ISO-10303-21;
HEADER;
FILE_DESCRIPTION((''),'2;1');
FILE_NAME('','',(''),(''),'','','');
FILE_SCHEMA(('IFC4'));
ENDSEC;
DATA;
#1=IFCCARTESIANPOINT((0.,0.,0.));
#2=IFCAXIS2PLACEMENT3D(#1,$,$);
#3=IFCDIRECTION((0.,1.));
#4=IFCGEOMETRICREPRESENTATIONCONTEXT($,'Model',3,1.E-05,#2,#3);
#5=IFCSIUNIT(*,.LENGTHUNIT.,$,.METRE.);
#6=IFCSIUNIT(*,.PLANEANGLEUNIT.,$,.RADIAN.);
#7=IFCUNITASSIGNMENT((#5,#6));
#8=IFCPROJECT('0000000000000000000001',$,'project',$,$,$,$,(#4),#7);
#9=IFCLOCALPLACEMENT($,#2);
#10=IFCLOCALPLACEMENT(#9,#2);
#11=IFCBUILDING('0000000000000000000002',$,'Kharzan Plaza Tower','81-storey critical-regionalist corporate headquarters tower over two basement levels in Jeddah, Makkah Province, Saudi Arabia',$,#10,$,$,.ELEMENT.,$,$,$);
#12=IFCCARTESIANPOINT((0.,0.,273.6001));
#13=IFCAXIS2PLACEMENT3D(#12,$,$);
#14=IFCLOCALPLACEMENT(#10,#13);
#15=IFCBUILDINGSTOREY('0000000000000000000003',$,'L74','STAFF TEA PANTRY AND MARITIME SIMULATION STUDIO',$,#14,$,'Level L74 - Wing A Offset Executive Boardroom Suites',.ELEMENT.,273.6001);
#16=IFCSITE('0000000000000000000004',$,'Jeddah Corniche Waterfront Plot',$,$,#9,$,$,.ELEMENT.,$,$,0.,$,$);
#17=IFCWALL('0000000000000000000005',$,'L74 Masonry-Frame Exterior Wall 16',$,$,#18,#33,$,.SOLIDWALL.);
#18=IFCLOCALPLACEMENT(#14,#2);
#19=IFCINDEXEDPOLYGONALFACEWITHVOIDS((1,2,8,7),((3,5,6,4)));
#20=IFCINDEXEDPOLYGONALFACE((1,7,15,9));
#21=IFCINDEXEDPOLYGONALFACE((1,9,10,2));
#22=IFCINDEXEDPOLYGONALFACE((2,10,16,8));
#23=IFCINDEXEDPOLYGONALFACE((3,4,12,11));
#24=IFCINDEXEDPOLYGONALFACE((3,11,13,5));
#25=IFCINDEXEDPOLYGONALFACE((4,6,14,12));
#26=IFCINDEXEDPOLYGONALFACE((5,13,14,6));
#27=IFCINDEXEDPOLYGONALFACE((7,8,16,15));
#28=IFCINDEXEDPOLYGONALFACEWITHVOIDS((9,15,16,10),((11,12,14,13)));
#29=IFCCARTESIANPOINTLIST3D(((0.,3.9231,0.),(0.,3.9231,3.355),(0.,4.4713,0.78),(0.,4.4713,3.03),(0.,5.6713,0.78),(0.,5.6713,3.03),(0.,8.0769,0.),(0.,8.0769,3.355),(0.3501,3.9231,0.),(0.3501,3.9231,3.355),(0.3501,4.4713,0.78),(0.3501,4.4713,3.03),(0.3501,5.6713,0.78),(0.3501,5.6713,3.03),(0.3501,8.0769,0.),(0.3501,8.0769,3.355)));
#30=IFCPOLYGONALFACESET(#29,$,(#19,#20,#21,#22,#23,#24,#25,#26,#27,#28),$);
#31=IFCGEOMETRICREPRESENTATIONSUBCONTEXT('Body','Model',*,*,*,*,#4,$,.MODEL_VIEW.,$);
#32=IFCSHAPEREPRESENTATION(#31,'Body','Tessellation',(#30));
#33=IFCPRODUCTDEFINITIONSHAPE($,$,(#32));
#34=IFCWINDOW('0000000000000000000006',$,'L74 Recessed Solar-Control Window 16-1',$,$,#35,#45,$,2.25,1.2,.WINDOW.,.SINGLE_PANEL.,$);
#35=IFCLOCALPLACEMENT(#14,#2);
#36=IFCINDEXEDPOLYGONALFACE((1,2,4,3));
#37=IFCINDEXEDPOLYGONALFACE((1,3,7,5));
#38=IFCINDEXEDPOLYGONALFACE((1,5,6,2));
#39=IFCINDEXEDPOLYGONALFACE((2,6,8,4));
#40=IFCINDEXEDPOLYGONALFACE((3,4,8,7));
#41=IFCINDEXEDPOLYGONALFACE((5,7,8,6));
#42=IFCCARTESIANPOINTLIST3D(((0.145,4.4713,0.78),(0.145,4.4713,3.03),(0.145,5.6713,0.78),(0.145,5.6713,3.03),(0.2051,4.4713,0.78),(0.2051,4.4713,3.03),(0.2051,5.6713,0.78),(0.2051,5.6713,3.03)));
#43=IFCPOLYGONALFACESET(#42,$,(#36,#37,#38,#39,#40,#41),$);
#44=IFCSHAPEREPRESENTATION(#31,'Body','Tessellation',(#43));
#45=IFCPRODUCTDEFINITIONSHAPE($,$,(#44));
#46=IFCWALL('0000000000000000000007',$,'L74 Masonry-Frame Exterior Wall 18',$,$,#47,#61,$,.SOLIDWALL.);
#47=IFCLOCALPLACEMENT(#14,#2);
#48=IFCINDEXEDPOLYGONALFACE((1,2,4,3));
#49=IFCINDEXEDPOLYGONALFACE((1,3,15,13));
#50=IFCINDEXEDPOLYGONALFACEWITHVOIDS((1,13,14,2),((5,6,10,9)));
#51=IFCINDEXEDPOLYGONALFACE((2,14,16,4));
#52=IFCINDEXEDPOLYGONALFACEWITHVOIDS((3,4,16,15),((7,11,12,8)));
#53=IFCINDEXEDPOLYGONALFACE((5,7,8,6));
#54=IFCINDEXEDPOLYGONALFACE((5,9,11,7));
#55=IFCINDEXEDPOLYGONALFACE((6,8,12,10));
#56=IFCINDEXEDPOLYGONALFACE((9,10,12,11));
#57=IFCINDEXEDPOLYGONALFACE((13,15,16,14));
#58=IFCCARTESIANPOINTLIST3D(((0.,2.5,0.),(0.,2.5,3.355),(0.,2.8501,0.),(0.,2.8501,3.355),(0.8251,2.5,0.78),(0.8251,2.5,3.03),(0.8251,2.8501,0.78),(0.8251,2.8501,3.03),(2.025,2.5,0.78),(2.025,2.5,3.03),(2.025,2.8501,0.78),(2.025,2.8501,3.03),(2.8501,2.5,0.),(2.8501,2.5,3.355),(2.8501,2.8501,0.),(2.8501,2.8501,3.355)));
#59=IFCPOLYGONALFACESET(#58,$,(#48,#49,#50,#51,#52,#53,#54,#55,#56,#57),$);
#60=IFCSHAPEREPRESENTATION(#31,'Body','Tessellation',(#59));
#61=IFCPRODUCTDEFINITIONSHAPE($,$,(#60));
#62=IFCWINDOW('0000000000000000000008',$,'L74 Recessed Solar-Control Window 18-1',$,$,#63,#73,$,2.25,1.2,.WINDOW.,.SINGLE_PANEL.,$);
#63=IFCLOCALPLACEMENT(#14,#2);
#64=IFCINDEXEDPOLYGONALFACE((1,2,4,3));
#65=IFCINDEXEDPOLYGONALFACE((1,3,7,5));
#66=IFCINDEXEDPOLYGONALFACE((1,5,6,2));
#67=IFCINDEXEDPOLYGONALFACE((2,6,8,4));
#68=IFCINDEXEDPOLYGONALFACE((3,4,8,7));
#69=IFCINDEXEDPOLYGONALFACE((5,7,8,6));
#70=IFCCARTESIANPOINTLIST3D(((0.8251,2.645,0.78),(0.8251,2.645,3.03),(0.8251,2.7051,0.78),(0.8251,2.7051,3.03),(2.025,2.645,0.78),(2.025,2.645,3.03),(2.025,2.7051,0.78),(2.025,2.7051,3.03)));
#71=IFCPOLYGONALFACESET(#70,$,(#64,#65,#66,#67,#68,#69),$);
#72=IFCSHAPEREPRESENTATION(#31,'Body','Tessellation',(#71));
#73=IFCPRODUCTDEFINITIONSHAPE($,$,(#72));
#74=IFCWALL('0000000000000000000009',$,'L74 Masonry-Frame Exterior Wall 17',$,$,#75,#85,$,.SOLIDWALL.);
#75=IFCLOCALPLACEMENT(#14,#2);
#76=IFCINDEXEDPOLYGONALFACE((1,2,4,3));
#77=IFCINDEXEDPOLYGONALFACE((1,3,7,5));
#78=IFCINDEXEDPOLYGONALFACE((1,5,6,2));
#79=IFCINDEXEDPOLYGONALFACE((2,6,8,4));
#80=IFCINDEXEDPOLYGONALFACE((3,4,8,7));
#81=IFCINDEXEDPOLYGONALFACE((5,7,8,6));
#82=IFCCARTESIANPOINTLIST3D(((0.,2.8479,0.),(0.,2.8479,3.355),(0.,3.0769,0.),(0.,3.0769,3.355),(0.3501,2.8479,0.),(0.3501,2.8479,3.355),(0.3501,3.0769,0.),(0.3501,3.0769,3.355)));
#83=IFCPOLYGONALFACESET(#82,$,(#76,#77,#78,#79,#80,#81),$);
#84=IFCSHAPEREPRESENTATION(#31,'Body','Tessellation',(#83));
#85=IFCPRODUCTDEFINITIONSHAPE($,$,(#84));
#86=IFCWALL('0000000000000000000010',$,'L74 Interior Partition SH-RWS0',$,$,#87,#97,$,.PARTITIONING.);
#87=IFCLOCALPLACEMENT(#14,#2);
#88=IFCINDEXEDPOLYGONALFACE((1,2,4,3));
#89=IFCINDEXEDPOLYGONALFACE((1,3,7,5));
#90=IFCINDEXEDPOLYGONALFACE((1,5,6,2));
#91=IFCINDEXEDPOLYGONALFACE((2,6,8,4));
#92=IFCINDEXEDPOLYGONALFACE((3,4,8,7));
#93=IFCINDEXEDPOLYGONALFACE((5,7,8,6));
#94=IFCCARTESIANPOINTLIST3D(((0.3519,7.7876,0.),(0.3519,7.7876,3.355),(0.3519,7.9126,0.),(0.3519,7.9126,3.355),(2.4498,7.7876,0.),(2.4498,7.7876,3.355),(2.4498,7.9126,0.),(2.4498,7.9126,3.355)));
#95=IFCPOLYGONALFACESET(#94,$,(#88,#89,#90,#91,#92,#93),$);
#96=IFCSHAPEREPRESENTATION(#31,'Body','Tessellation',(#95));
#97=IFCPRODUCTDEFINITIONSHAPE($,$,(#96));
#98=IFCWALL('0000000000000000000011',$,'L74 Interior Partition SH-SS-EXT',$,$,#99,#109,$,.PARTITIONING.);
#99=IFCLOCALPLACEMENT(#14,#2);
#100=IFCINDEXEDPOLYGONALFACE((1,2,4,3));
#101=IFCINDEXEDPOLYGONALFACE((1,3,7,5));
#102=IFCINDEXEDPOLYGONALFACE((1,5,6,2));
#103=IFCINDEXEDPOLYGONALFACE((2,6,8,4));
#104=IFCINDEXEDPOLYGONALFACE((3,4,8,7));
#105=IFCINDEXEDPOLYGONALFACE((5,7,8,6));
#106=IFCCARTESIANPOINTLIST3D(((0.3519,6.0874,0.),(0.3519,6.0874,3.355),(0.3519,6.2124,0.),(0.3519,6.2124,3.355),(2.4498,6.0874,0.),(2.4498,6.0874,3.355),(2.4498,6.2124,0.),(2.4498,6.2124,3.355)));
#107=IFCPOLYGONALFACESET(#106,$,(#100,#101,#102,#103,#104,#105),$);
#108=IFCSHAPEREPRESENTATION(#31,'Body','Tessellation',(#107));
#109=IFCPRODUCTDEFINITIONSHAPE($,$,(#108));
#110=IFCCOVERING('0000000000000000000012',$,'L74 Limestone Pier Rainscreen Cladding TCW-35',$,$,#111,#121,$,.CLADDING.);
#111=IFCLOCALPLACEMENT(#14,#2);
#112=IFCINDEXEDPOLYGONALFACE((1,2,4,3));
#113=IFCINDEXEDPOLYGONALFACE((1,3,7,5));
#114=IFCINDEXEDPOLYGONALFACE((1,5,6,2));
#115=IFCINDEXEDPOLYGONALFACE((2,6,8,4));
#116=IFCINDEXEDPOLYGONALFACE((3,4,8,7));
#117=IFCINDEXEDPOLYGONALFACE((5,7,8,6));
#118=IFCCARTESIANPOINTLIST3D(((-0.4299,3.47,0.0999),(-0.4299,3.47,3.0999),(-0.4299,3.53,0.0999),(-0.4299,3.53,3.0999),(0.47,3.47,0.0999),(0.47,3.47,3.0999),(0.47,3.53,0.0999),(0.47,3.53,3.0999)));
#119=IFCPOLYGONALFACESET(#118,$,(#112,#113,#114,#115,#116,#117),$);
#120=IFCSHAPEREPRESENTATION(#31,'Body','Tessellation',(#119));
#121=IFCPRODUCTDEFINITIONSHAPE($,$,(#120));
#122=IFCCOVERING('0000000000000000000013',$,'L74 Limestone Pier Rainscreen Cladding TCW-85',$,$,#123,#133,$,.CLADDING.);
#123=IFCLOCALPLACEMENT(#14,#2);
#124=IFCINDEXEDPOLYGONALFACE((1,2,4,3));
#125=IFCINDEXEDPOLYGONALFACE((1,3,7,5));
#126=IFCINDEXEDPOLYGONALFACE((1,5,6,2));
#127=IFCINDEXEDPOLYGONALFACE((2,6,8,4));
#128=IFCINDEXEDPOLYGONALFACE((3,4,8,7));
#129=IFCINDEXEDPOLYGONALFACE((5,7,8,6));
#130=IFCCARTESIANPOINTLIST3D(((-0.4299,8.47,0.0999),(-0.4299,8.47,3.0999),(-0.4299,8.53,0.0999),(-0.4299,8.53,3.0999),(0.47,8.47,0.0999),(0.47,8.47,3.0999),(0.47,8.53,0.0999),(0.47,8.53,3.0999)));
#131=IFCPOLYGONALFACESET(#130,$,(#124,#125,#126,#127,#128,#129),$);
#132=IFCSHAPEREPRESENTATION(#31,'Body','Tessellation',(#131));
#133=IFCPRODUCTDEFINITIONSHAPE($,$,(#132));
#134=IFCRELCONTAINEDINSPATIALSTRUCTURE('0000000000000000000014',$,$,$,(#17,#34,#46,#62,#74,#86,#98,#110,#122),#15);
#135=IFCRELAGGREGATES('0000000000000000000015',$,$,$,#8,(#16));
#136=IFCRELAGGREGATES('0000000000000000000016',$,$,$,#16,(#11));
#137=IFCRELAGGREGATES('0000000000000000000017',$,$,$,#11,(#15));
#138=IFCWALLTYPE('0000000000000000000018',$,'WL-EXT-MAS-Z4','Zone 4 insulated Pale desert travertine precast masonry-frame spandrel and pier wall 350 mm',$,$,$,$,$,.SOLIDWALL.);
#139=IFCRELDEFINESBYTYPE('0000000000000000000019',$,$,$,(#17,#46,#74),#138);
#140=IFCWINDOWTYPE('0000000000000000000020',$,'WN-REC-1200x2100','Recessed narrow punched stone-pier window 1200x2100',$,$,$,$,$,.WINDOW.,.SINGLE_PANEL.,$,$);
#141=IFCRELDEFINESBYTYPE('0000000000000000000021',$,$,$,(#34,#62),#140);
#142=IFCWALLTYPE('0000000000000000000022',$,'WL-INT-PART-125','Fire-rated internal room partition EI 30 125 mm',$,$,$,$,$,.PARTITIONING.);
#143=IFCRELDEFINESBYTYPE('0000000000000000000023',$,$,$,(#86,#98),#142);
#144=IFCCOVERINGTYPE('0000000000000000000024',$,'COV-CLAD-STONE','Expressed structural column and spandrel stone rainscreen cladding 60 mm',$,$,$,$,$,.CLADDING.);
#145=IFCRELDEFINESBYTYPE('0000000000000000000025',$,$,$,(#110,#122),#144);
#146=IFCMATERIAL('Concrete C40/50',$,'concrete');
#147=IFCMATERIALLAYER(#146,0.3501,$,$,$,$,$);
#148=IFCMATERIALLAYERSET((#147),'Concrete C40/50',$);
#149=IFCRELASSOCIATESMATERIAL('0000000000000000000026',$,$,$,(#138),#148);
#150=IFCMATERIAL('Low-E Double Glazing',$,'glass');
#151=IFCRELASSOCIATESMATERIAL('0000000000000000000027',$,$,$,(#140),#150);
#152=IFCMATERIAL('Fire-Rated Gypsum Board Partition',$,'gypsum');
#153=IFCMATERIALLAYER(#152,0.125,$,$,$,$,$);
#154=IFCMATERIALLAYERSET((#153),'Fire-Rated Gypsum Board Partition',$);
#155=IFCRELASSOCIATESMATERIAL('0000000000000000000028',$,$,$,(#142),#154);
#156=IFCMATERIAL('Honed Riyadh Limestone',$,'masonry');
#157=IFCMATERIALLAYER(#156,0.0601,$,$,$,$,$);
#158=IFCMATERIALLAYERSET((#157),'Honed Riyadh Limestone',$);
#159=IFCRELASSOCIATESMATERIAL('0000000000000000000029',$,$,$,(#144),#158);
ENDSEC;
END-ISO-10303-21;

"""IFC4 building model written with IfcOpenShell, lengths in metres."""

from ifc_helpers import new_model, si_unit, direction, frame, frame_2d, origin, origin_2d, place, context, subcontext, project, spatial, rectangle, extrude, source, transform, mapped, material, layer, layer_set, type_object, element, fill, save


model = new_model("IFC4")

# Units and contexts
model_context = context("Model", 3, precision=1e-05, world=origin(), true_north=direction((0.0, 1.0)))
body_context = subcontext(model_context, "Body", "Model", "MODEL_VIEW")
ifc_project = project(units=[si_unit("LENGTHUNIT", "METRE"), si_unit("PLANEANGLEUNIT", "RADIAN")], contexts=[model_context])

# Site, building, storey
site_placement = place(None, origin())
site = spatial("IfcSite", under=ifc_project, at=site_placement, Name="Jeddah Corniche Waterfront Plot", CompositionType="ELEMENT", RefElevation=0.0)
building_placement = place(site_placement, origin())
building = spatial("IfcBuilding", under=site, at=building_placement, Name="Kharzan Plaza Tower", Description="81-storey critical-regionalist corporate headquarters tower over two basement levels in Jeddah, Makkah Province, Saudi Arabia", CompositionType="ELEMENT")
storey_placement = place(building_placement, frame((0.0, 0.0, 273.6001)))
storey = spatial("IfcBuildingStorey", under=building, at=storey_placement, Name="L74", Description="STAFF TEA PANTRY AND MARITIME SIMULATION STUDIO", LongName="Level L74 - Wing A Offset Executive Boardroom Suites", CompositionType="ELEMENT", Elevation=273.6001)

# Shared definitions
ifc_material_1 = material(Name="Concrete C40/50", Category="concrete")

# Walls, openings, windows
ifc_layer_1 = layer(ifc_material_1, 0.3501)
ifc_layer_set_1 = layer_set([ifc_layer_1], Name="Concrete C40/50")
wall_type_1 = type_object("IfcWallType", Name="WL-EXT-MAS-Z4", Description="Zone 4 insulated Pale desert travertine precast masonry-frame spandrel and pier wall 350 mm", PredefinedType="SOLIDWALL", material=ifc_layer_set_1)
wall_1_placement = place(storey_placement, frame((0.175, 8.0769, 0.0), z_axis=(0.0, 0.0, 1.0), x_axis=(0.0, -1.0, 0.0)))
wall_1 = element("IfcWall", 1, at=wall_1_placement, inside=storey, type_object=wall_type_1, Name="L74 Masonry-Frame Exterior Wall 16", PredefinedType="SOLIDWALL", context=body_context, shape_type="SweptSolid", body=[
    extrude(rectangle(XDim=4.1538, YDim=0.3501, at=frame_2d((2.0769, 0.0))), origin(), (0.0, 0.0, 1.0), 3.355),
])
opening_1_placement = place(wall_1_placement, frame((2.4055, 0.0, 0.78)))
opening_1 = element("IfcOpeningElement", 2, at=opening_1_placement, cuts=wall_1, PredefinedType="OPENING", context=body_context, shape_type="SweptSolid", body=[
    extrude(rectangle(XDim=1.2, YDim=2.25, at=frame_2d((0.6001, 1.125))), frame((0.0, 0.1851, 0.0), z_axis=(0.0, -1.0, 0.0), x_axis=(1.0, 0.0, 0.0)), (0.0, 0.0, 1.0), 0.3701),
])
ifc_material_2 = material(Name="Low-E Double Glazing", Category="glass")
window_type = type_object("IfcWindowType", Name="WN-REC-1200x2100", Description="Recessed narrow punched stone-pier window 1200x2100", PartitioningType="SINGLE_PANEL", PredefinedType="WINDOW", material=ifc_material_2)
shared_shape_1 = source(origin(), body_context, "Body", "SweptSolid", [
    extrude(rectangle(XDim=1.2, YDim=2.25, at=frame_2d((0.6001, 1.125))), frame((0.0, 0.03, 0.0), z_axis=(0.0, -1.0, 0.0), x_axis=(1.0, 0.0, 0.0)), (0.0, 0.0, 1.0), 0.0601),
])
window_1_placement = place(opening_1_placement, origin())
window_1 = element("IfcWindow", 3, at=window_1_placement, inside=storey, type_object=window_type, Name="L74 Recessed Solar-Control Window 16-1", OverallHeight=2.25, OverallWidth=1.2, PartitioningType="SINGLE_PANEL", PredefinedType="WINDOW", context=body_context, shape_type="MappedRepresentation", body=[
    mapped(shared_shape_1, transform((0.0, 0.0, 0.0), x_axis=(1.0, 0.0, 0.0), y_axis=(0.0, 1.0, 0.0), z_axis=(0.0, 0.0, 1.0))),
])
fill(opening_1, window_1)
wall_2_placement = place(storey_placement, frame((0.0, 2.675, 0.0), z_axis=(0.0, 0.0, 1.0), x_axis=(1.0, 0.0, 0.0)))
wall_2 = element("IfcWall", 4, at=wall_2_placement, inside=storey, type_object=wall_type_1, Name="L74 Masonry-Frame Exterior Wall 18", PredefinedType="SOLIDWALL", context=body_context, shape_type="SweptSolid", body=[
    extrude(rectangle(XDim=2.8501, YDim=0.3501, at=frame_2d((1.425, 0.0))), origin(), (0.0, 0.0, 1.0), 3.355),
])
opening_2_placement = place(wall_2_placement, frame((0.825, 0.0, 0.78)))
opening_2 = element("IfcOpeningElement", 5, at=opening_2_placement, cuts=wall_2, PredefinedType="OPENING", context=body_context, shape_type="SweptSolid", body=[
    extrude(rectangle(XDim=1.2, YDim=2.25, at=frame_2d((0.6001, 1.125))), frame((0.0, 0.1851, 0.0), z_axis=(0.0, -1.0, 0.0), x_axis=(1.0, 0.0, 0.0)), (0.0, 0.0, 1.0), 0.3701),
])
window_2_placement = place(opening_2_placement, origin())
window_2 = element("IfcWindow", 6, at=window_2_placement, inside=storey, type_object=window_type, Name="L74 Recessed Solar-Control Window 18-1", OverallHeight=2.25, OverallWidth=1.2, PartitioningType="SINGLE_PANEL", PredefinedType="WINDOW", context=body_context, shape_type="MappedRepresentation", body=[
    mapped(shared_shape_1, transform((0.0, 0.0, 0.0), x_axis=(1.0, 0.0, 0.0), y_axis=(0.0, 1.0, 0.0), z_axis=(0.0, 0.0, 1.0))),
])
fill(opening_2, window_2)

# Walls
shared_shape_2 = source(origin(), body_context, "Body", "SweptSolid", [
    extrude(rectangle(XDim=0.229, YDim=0.3501, at=frame_2d((0.1145, 0.0))), origin(), (0.0, 0.0, 1.0), 3.355),
])
wall_3_placement = place(storey_placement, frame((0.175, 3.0769, 0.0), z_axis=(0.0, 0.0, 1.0), x_axis=(0.0, -1.0, 0.0)))
element("IfcWall", 7, at=wall_3_placement, inside=storey, type_object=wall_type_1, Name="L74 Masonry-Frame Exterior Wall 17", PredefinedType="SOLIDWALL", context=body_context, shape_type="MappedRepresentation", body=[
    mapped(shared_shape_2, transform((0.0, 0.0, 0.0), x_axis=(1.0, 0.0, 0.0), y_axis=(0.0, 1.0, 0.0), z_axis=(0.0, 0.0, 1.0))),
])
ifc_material_3 = material(Name="Fire-Rated Gypsum Board Partition", Category="gypsum")
ifc_layer_2 = layer(ifc_material_3, 0.125)
ifc_layer_set_2 = layer_set([ifc_layer_2], Name="Fire-Rated Gypsum Board Partition")
wall_type_2 = type_object("IfcWallType", Name="WL-INT-PART-125", Description="Fire-rated internal room partition EI 30 125 mm", PredefinedType="PARTITIONING", material=ifc_layer_set_2)
shared_shape_3 = source(origin(), body_context, "Body", "SweptSolid", [
    extrude(rectangle(XDim=2.0979, YDim=0.125, at=frame_2d((1.0488, 0.0))), origin(), (0.0, 0.0, 1.0), 3.355),
])
for number, where, z_axis, x_axis, name in (
    (8, (0.3521, 7.8501, 0.0), (0.0, 0.0, 1.0), (1.0, 0.0, 0.0), "L74 Interior Partition SH-RWS0"),
    (9, (0.3521, 6.1499, 0.0), (0.0, 0.0, 1.0), (1.0, 0.0, 0.0), "L74 Interior Partition SH-SS-EXT"),
):
    element("IfcWall", number, at=place(storey_placement, frame(where, z_axis=z_axis, x_axis=x_axis)), inside=storey, type_object=wall_type_2, Name=name, PredefinedType="PARTITIONING", context=body_context, shape_type="MappedRepresentation", body=[
        mapped(shared_shape_3, transform((0.0, 0.0, 0.0), x_axis=(1.0, 0.0, 0.0), y_axis=(0.0, 1.0, 0.0), z_axis=(0.0, 0.0, 1.0))),
    ])

# Coverings
ifc_material_4 = material(Name="Honed Riyadh Limestone", Category="masonry")
ifc_layer_3 = layer(ifc_material_4, 0.0601)
ifc_layer_set_3 = layer_set([ifc_layer_3], Name="Honed Riyadh Limestone")
covering_type = type_object("IfcCoveringType", Name="COV-CLAD-STONE", Description="Expressed structural column and spandrel stone rainscreen cladding 60 mm", PredefinedType="CLADDING", material=ifc_layer_set_3)
shared_shape_4 = source(origin(), body_context, "Body", "SweptSolid", [
    extrude(rectangle(XDim=0.0601, YDim=0.8999, at=origin_2d()), origin(), (0.0, 0.0, 1.0), 3.0),
])
for number, where, z_axis, x_axis, name in (
    (10, (0.02, 3.5, 0.0999), (0.0, 0.0, 1.0), (0.0, 1.0, 0.0), "L74 Limestone Pier Rainscreen Cladding TCW-35"),
    (11, (0.02, 8.5, 0.0999), (0.0, 0.0, 1.0), (0.0, 1.0, 0.0), "L74 Limestone Pier Rainscreen Cladding TCW-85"),
):
    element("IfcCovering", number, at=place(storey_placement, frame(where, z_axis=z_axis, x_axis=x_axis)), inside=storey, type_object=covering_type, Name=name, PredefinedType="CLADDING", context=body_context, shape_type="MappedRepresentation", body=[
        mapped(shared_shape_4, transform((0.0, 0.0, 0.0), x_axis=(1.0, 0.0, 0.0), y_axis=(0.0, 1.0, 0.0), z_axis=(0.0, 0.0, 1.0))),
    ])

save(model, "model.ifc")
